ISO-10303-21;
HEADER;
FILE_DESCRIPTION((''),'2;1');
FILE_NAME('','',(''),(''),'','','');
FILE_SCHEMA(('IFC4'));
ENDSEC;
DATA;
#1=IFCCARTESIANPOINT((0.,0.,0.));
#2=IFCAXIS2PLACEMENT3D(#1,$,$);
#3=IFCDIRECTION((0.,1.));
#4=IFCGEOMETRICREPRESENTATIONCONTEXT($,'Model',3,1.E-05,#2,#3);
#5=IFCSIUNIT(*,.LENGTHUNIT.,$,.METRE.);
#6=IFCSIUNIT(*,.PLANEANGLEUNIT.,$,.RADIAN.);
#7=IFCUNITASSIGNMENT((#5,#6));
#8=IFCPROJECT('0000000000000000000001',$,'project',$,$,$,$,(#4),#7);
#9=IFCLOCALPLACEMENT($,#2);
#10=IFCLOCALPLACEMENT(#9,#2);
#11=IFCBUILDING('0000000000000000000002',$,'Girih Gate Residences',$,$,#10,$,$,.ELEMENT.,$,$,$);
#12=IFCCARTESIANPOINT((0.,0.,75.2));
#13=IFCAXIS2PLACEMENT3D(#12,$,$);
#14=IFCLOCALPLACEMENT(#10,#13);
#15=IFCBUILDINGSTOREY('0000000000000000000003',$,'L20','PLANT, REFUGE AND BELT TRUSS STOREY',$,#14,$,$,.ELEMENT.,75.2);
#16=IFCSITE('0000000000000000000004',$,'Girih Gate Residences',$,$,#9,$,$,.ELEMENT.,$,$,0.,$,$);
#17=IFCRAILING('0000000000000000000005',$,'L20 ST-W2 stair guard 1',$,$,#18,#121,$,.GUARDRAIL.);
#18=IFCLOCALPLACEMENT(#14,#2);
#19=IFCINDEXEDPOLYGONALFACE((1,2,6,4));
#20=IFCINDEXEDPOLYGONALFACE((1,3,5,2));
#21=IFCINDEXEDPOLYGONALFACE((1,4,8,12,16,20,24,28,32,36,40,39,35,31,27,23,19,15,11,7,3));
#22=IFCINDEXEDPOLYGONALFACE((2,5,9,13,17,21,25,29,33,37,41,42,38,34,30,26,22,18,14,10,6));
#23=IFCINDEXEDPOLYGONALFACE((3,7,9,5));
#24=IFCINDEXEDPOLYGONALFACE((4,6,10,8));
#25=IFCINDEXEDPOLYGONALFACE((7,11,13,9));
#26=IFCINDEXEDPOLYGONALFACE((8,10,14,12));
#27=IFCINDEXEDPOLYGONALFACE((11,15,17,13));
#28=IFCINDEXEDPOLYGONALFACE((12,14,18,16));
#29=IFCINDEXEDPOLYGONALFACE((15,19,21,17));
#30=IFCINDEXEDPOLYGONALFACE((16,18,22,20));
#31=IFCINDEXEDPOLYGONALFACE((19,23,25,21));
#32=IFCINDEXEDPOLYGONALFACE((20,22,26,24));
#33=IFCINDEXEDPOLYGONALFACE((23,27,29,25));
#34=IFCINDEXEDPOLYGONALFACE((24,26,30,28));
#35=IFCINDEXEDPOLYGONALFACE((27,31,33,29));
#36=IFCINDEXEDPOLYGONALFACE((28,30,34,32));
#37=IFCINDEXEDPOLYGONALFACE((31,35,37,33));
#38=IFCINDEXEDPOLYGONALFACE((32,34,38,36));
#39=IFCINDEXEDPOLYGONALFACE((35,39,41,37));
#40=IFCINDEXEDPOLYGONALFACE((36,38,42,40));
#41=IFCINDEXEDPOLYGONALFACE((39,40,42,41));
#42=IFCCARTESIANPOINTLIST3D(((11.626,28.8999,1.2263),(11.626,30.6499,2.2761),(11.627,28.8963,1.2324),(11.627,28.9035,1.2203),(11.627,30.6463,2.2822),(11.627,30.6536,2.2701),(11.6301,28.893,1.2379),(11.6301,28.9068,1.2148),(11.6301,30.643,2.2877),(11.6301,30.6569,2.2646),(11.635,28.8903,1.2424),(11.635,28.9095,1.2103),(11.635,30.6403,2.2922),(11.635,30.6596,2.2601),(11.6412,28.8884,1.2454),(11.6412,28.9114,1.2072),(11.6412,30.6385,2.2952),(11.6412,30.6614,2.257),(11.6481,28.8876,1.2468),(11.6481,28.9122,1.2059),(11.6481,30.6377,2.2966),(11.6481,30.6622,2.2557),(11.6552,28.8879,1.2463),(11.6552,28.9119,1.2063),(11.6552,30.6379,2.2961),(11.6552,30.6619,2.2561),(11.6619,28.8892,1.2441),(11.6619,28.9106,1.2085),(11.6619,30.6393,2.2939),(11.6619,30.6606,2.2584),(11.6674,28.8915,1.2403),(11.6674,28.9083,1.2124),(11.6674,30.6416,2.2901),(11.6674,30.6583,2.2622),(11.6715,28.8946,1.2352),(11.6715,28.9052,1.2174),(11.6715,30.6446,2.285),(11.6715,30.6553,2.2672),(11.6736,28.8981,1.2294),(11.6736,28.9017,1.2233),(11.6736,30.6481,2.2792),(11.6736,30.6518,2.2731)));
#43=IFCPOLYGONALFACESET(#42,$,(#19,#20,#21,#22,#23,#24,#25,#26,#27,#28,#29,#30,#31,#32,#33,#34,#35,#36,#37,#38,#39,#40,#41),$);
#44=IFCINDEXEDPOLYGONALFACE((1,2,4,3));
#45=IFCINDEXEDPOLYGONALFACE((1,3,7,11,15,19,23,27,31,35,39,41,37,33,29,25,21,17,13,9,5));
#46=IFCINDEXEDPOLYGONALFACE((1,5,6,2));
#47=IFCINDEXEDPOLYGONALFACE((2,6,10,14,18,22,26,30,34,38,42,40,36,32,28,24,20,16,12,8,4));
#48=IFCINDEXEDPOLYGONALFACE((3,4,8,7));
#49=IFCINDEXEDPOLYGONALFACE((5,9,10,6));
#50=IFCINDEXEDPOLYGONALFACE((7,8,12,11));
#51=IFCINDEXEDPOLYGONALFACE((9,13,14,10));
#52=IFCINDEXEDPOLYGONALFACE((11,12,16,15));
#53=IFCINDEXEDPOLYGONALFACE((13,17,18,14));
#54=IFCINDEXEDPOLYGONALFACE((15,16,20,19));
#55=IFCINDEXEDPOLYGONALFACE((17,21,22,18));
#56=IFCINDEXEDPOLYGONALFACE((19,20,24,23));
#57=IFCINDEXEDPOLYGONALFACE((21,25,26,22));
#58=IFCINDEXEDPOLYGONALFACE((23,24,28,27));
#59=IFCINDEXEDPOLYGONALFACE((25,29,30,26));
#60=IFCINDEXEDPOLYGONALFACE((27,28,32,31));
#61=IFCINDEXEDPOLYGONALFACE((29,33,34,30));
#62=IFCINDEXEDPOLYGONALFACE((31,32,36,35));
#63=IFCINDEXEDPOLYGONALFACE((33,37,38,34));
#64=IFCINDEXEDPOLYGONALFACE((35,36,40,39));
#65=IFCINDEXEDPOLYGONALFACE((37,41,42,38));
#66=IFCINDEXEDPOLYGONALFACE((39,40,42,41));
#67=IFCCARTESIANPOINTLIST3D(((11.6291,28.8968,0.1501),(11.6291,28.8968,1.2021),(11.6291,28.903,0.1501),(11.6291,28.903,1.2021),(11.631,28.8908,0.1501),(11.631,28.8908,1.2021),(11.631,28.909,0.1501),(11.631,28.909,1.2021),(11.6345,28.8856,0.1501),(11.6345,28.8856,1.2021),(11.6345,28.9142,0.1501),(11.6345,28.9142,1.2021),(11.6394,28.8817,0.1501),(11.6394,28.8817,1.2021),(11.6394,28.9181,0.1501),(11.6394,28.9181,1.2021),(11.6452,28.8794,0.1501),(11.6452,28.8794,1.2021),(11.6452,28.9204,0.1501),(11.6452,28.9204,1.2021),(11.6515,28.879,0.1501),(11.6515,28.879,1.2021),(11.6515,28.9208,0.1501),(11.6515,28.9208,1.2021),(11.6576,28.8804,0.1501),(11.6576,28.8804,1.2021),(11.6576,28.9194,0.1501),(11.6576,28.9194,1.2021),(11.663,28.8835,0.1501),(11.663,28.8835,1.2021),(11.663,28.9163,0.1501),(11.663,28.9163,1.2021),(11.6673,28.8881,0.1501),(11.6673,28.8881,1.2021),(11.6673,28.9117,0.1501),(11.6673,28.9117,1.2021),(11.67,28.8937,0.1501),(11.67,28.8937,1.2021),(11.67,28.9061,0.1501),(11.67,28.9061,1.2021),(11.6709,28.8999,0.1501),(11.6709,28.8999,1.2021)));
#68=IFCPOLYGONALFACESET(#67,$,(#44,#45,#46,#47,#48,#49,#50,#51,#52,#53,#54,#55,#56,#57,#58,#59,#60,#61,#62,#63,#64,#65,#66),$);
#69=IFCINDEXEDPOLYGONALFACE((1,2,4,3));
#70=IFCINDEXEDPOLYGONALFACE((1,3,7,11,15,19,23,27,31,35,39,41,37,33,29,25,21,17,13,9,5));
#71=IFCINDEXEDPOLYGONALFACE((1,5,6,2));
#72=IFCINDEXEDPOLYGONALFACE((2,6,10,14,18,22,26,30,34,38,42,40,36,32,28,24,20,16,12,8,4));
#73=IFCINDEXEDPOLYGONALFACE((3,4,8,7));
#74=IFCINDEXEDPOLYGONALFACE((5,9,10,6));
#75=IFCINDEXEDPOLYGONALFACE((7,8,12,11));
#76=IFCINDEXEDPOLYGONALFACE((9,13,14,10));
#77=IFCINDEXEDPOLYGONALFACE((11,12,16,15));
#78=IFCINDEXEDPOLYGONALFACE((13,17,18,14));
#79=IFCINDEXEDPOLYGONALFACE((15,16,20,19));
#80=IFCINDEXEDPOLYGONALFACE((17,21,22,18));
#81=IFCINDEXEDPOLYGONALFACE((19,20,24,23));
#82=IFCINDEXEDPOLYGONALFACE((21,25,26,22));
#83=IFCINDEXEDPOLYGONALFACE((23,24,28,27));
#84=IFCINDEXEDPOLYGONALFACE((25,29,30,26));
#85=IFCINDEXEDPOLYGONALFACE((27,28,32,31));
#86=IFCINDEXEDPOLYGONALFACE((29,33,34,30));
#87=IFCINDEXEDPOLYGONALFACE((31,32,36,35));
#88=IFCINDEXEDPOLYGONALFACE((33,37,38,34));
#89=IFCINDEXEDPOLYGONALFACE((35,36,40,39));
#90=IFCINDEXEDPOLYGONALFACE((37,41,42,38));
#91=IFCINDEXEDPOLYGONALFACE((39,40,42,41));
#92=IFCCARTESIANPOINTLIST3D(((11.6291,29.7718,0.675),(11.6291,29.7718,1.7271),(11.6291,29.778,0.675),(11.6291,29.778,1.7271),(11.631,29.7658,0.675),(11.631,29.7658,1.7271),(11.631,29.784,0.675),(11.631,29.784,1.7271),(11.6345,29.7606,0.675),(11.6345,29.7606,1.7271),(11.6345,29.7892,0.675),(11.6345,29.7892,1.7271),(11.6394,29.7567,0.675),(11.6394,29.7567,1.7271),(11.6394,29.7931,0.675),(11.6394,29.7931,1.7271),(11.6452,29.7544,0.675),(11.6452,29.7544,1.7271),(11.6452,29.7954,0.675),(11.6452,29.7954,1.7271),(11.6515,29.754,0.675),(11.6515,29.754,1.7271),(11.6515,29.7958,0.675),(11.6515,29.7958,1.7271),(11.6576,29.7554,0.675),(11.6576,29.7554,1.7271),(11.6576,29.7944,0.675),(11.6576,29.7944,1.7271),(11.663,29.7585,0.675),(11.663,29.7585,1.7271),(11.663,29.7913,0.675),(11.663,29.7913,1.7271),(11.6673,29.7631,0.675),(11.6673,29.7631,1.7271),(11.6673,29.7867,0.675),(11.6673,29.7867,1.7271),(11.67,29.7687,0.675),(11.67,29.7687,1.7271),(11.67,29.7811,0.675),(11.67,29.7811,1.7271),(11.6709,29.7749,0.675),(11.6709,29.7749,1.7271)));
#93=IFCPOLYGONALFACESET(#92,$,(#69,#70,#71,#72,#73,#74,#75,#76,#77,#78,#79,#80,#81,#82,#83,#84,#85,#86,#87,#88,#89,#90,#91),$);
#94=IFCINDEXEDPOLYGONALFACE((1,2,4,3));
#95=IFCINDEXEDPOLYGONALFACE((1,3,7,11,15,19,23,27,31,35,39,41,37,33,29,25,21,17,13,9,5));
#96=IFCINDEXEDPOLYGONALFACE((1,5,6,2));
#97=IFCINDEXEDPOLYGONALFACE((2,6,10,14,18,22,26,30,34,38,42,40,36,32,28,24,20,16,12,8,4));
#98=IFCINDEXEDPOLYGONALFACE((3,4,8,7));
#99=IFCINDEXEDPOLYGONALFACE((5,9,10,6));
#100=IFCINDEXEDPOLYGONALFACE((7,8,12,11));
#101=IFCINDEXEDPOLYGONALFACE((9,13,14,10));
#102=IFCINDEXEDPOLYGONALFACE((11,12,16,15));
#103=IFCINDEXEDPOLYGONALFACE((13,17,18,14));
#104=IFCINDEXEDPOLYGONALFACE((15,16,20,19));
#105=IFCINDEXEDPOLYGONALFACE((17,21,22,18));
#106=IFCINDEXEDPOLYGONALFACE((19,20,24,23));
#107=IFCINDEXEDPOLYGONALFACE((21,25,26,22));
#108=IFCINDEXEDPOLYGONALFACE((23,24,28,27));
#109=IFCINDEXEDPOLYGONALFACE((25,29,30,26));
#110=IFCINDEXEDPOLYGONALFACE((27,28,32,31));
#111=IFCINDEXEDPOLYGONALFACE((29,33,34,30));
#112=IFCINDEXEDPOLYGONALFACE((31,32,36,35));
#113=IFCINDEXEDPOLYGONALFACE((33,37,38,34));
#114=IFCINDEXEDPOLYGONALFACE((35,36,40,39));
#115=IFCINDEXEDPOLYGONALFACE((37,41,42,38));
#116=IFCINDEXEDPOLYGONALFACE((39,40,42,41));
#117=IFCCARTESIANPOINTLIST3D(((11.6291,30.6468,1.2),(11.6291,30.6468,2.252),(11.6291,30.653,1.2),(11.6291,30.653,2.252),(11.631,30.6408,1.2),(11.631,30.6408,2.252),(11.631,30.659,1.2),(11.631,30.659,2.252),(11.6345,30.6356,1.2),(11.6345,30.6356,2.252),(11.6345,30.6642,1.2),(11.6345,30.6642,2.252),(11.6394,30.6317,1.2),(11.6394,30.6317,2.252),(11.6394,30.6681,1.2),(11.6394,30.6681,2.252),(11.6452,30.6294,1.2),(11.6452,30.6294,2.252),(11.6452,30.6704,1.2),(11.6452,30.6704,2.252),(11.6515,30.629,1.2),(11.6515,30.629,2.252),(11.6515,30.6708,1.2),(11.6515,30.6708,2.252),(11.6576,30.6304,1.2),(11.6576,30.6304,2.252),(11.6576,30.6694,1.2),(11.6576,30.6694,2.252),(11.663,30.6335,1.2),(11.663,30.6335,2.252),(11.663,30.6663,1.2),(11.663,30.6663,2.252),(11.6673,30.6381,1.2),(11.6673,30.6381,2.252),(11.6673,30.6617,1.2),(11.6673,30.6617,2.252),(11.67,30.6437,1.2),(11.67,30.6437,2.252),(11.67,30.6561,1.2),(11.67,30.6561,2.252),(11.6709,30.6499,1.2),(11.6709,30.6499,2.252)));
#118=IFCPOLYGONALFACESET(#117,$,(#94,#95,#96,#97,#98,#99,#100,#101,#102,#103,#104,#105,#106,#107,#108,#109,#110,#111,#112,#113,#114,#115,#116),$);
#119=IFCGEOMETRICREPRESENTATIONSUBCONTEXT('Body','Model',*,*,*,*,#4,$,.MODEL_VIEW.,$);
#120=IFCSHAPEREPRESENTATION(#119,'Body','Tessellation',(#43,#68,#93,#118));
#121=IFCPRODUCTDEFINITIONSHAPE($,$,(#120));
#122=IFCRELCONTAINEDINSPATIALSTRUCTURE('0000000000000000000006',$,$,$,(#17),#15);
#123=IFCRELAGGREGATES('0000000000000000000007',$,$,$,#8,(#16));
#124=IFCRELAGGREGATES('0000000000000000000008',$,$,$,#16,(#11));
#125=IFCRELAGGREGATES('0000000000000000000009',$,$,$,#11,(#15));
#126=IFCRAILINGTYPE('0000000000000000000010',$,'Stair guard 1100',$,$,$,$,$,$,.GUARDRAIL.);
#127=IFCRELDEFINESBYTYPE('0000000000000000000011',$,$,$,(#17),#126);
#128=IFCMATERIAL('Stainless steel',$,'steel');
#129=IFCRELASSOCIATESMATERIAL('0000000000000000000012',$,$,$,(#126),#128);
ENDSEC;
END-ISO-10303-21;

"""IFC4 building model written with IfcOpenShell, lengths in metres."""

from ifc_helpers import new_model, si_unit, direction, frame, origin, origin_2d, place, context, subcontext, project, spatial, circle, extrude, material, type_object, element, save


model = new_model("IFC4")

# Units and contexts
model_context = context("Model", 3, precision=1e-05, world=origin(), true_north=direction((0.0, 1.0)))
body_context = subcontext(model_context, "Body", "Model", "MODEL_VIEW")
ifc_project = project(units=[si_unit("LENGTHUNIT", "METRE"), si_unit("PLANEANGLEUNIT", "RADIAN")], contexts=[model_context])

# Site, building, storey
site_placement = place(None, origin())
site = spatial("IfcSite", under=ifc_project, at=site_placement, Name="Girih Gate Residences", CompositionType="ELEMENT", RefElevation=0.0)
building_placement = place(site_placement, origin())
building = spatial("IfcBuilding", under=site, at=building_placement, Name="Girih Gate Residences", CompositionType="ELEMENT")
storey_placement = place(building_placement, frame((0.0, 0.0, 75.2)))
storey = spatial("IfcBuildingStorey", under=building, at=storey_placement, Name="L20", Description="PLANT, REFUGE AND BELT TRUSS STOREY", CompositionType="ELEMENT", Elevation=75.2)

# Railing
ifc_material_1 = material(Name="Stainless steel", Category="steel")
railing_type_1 = type_object("IfcRailingType", Name="Stair guard 1100", PredefinedType="GUARDRAIL", material=ifc_material_1)
railing_1_placement = place(storey_placement, frame((11.6499, 28.8999, 0.1501)))
element("IfcRailing", 1, at=railing_1_placement, inside=storey, type_object=railing_type_1, Name="L20 ST-W2 stair guard 1", PredefinedType="GUARDRAIL", context=body_context, shape_type="SweptSolid", body=[
    extrude(circle(Radius=0.0239, at=origin_2d()), frame((0.0, 0.0, 1.0762), z_axis=(0.0, 0.857535, 0.514425), x_axis=(-1.0, 0.0, 0.0)), (0.0, 0.0, 1.0), 2.0408),
    extrude(circle(Radius=0.021, at=origin_2d()), origin(), (0.0, 0.0, 1.0), 1.052),
    extrude(circle(Radius=0.021, at=origin_2d()), frame((0.0, 0.875, 0.5249)), (0.0, 0.0, 1.0), 1.052),
    extrude(circle(Radius=0.021, at=origin_2d()), frame((0.0, 1.75, 1.0498)), (0.0, 0.0, 1.0), 1.052),
])

save(model, "model.ifc")
